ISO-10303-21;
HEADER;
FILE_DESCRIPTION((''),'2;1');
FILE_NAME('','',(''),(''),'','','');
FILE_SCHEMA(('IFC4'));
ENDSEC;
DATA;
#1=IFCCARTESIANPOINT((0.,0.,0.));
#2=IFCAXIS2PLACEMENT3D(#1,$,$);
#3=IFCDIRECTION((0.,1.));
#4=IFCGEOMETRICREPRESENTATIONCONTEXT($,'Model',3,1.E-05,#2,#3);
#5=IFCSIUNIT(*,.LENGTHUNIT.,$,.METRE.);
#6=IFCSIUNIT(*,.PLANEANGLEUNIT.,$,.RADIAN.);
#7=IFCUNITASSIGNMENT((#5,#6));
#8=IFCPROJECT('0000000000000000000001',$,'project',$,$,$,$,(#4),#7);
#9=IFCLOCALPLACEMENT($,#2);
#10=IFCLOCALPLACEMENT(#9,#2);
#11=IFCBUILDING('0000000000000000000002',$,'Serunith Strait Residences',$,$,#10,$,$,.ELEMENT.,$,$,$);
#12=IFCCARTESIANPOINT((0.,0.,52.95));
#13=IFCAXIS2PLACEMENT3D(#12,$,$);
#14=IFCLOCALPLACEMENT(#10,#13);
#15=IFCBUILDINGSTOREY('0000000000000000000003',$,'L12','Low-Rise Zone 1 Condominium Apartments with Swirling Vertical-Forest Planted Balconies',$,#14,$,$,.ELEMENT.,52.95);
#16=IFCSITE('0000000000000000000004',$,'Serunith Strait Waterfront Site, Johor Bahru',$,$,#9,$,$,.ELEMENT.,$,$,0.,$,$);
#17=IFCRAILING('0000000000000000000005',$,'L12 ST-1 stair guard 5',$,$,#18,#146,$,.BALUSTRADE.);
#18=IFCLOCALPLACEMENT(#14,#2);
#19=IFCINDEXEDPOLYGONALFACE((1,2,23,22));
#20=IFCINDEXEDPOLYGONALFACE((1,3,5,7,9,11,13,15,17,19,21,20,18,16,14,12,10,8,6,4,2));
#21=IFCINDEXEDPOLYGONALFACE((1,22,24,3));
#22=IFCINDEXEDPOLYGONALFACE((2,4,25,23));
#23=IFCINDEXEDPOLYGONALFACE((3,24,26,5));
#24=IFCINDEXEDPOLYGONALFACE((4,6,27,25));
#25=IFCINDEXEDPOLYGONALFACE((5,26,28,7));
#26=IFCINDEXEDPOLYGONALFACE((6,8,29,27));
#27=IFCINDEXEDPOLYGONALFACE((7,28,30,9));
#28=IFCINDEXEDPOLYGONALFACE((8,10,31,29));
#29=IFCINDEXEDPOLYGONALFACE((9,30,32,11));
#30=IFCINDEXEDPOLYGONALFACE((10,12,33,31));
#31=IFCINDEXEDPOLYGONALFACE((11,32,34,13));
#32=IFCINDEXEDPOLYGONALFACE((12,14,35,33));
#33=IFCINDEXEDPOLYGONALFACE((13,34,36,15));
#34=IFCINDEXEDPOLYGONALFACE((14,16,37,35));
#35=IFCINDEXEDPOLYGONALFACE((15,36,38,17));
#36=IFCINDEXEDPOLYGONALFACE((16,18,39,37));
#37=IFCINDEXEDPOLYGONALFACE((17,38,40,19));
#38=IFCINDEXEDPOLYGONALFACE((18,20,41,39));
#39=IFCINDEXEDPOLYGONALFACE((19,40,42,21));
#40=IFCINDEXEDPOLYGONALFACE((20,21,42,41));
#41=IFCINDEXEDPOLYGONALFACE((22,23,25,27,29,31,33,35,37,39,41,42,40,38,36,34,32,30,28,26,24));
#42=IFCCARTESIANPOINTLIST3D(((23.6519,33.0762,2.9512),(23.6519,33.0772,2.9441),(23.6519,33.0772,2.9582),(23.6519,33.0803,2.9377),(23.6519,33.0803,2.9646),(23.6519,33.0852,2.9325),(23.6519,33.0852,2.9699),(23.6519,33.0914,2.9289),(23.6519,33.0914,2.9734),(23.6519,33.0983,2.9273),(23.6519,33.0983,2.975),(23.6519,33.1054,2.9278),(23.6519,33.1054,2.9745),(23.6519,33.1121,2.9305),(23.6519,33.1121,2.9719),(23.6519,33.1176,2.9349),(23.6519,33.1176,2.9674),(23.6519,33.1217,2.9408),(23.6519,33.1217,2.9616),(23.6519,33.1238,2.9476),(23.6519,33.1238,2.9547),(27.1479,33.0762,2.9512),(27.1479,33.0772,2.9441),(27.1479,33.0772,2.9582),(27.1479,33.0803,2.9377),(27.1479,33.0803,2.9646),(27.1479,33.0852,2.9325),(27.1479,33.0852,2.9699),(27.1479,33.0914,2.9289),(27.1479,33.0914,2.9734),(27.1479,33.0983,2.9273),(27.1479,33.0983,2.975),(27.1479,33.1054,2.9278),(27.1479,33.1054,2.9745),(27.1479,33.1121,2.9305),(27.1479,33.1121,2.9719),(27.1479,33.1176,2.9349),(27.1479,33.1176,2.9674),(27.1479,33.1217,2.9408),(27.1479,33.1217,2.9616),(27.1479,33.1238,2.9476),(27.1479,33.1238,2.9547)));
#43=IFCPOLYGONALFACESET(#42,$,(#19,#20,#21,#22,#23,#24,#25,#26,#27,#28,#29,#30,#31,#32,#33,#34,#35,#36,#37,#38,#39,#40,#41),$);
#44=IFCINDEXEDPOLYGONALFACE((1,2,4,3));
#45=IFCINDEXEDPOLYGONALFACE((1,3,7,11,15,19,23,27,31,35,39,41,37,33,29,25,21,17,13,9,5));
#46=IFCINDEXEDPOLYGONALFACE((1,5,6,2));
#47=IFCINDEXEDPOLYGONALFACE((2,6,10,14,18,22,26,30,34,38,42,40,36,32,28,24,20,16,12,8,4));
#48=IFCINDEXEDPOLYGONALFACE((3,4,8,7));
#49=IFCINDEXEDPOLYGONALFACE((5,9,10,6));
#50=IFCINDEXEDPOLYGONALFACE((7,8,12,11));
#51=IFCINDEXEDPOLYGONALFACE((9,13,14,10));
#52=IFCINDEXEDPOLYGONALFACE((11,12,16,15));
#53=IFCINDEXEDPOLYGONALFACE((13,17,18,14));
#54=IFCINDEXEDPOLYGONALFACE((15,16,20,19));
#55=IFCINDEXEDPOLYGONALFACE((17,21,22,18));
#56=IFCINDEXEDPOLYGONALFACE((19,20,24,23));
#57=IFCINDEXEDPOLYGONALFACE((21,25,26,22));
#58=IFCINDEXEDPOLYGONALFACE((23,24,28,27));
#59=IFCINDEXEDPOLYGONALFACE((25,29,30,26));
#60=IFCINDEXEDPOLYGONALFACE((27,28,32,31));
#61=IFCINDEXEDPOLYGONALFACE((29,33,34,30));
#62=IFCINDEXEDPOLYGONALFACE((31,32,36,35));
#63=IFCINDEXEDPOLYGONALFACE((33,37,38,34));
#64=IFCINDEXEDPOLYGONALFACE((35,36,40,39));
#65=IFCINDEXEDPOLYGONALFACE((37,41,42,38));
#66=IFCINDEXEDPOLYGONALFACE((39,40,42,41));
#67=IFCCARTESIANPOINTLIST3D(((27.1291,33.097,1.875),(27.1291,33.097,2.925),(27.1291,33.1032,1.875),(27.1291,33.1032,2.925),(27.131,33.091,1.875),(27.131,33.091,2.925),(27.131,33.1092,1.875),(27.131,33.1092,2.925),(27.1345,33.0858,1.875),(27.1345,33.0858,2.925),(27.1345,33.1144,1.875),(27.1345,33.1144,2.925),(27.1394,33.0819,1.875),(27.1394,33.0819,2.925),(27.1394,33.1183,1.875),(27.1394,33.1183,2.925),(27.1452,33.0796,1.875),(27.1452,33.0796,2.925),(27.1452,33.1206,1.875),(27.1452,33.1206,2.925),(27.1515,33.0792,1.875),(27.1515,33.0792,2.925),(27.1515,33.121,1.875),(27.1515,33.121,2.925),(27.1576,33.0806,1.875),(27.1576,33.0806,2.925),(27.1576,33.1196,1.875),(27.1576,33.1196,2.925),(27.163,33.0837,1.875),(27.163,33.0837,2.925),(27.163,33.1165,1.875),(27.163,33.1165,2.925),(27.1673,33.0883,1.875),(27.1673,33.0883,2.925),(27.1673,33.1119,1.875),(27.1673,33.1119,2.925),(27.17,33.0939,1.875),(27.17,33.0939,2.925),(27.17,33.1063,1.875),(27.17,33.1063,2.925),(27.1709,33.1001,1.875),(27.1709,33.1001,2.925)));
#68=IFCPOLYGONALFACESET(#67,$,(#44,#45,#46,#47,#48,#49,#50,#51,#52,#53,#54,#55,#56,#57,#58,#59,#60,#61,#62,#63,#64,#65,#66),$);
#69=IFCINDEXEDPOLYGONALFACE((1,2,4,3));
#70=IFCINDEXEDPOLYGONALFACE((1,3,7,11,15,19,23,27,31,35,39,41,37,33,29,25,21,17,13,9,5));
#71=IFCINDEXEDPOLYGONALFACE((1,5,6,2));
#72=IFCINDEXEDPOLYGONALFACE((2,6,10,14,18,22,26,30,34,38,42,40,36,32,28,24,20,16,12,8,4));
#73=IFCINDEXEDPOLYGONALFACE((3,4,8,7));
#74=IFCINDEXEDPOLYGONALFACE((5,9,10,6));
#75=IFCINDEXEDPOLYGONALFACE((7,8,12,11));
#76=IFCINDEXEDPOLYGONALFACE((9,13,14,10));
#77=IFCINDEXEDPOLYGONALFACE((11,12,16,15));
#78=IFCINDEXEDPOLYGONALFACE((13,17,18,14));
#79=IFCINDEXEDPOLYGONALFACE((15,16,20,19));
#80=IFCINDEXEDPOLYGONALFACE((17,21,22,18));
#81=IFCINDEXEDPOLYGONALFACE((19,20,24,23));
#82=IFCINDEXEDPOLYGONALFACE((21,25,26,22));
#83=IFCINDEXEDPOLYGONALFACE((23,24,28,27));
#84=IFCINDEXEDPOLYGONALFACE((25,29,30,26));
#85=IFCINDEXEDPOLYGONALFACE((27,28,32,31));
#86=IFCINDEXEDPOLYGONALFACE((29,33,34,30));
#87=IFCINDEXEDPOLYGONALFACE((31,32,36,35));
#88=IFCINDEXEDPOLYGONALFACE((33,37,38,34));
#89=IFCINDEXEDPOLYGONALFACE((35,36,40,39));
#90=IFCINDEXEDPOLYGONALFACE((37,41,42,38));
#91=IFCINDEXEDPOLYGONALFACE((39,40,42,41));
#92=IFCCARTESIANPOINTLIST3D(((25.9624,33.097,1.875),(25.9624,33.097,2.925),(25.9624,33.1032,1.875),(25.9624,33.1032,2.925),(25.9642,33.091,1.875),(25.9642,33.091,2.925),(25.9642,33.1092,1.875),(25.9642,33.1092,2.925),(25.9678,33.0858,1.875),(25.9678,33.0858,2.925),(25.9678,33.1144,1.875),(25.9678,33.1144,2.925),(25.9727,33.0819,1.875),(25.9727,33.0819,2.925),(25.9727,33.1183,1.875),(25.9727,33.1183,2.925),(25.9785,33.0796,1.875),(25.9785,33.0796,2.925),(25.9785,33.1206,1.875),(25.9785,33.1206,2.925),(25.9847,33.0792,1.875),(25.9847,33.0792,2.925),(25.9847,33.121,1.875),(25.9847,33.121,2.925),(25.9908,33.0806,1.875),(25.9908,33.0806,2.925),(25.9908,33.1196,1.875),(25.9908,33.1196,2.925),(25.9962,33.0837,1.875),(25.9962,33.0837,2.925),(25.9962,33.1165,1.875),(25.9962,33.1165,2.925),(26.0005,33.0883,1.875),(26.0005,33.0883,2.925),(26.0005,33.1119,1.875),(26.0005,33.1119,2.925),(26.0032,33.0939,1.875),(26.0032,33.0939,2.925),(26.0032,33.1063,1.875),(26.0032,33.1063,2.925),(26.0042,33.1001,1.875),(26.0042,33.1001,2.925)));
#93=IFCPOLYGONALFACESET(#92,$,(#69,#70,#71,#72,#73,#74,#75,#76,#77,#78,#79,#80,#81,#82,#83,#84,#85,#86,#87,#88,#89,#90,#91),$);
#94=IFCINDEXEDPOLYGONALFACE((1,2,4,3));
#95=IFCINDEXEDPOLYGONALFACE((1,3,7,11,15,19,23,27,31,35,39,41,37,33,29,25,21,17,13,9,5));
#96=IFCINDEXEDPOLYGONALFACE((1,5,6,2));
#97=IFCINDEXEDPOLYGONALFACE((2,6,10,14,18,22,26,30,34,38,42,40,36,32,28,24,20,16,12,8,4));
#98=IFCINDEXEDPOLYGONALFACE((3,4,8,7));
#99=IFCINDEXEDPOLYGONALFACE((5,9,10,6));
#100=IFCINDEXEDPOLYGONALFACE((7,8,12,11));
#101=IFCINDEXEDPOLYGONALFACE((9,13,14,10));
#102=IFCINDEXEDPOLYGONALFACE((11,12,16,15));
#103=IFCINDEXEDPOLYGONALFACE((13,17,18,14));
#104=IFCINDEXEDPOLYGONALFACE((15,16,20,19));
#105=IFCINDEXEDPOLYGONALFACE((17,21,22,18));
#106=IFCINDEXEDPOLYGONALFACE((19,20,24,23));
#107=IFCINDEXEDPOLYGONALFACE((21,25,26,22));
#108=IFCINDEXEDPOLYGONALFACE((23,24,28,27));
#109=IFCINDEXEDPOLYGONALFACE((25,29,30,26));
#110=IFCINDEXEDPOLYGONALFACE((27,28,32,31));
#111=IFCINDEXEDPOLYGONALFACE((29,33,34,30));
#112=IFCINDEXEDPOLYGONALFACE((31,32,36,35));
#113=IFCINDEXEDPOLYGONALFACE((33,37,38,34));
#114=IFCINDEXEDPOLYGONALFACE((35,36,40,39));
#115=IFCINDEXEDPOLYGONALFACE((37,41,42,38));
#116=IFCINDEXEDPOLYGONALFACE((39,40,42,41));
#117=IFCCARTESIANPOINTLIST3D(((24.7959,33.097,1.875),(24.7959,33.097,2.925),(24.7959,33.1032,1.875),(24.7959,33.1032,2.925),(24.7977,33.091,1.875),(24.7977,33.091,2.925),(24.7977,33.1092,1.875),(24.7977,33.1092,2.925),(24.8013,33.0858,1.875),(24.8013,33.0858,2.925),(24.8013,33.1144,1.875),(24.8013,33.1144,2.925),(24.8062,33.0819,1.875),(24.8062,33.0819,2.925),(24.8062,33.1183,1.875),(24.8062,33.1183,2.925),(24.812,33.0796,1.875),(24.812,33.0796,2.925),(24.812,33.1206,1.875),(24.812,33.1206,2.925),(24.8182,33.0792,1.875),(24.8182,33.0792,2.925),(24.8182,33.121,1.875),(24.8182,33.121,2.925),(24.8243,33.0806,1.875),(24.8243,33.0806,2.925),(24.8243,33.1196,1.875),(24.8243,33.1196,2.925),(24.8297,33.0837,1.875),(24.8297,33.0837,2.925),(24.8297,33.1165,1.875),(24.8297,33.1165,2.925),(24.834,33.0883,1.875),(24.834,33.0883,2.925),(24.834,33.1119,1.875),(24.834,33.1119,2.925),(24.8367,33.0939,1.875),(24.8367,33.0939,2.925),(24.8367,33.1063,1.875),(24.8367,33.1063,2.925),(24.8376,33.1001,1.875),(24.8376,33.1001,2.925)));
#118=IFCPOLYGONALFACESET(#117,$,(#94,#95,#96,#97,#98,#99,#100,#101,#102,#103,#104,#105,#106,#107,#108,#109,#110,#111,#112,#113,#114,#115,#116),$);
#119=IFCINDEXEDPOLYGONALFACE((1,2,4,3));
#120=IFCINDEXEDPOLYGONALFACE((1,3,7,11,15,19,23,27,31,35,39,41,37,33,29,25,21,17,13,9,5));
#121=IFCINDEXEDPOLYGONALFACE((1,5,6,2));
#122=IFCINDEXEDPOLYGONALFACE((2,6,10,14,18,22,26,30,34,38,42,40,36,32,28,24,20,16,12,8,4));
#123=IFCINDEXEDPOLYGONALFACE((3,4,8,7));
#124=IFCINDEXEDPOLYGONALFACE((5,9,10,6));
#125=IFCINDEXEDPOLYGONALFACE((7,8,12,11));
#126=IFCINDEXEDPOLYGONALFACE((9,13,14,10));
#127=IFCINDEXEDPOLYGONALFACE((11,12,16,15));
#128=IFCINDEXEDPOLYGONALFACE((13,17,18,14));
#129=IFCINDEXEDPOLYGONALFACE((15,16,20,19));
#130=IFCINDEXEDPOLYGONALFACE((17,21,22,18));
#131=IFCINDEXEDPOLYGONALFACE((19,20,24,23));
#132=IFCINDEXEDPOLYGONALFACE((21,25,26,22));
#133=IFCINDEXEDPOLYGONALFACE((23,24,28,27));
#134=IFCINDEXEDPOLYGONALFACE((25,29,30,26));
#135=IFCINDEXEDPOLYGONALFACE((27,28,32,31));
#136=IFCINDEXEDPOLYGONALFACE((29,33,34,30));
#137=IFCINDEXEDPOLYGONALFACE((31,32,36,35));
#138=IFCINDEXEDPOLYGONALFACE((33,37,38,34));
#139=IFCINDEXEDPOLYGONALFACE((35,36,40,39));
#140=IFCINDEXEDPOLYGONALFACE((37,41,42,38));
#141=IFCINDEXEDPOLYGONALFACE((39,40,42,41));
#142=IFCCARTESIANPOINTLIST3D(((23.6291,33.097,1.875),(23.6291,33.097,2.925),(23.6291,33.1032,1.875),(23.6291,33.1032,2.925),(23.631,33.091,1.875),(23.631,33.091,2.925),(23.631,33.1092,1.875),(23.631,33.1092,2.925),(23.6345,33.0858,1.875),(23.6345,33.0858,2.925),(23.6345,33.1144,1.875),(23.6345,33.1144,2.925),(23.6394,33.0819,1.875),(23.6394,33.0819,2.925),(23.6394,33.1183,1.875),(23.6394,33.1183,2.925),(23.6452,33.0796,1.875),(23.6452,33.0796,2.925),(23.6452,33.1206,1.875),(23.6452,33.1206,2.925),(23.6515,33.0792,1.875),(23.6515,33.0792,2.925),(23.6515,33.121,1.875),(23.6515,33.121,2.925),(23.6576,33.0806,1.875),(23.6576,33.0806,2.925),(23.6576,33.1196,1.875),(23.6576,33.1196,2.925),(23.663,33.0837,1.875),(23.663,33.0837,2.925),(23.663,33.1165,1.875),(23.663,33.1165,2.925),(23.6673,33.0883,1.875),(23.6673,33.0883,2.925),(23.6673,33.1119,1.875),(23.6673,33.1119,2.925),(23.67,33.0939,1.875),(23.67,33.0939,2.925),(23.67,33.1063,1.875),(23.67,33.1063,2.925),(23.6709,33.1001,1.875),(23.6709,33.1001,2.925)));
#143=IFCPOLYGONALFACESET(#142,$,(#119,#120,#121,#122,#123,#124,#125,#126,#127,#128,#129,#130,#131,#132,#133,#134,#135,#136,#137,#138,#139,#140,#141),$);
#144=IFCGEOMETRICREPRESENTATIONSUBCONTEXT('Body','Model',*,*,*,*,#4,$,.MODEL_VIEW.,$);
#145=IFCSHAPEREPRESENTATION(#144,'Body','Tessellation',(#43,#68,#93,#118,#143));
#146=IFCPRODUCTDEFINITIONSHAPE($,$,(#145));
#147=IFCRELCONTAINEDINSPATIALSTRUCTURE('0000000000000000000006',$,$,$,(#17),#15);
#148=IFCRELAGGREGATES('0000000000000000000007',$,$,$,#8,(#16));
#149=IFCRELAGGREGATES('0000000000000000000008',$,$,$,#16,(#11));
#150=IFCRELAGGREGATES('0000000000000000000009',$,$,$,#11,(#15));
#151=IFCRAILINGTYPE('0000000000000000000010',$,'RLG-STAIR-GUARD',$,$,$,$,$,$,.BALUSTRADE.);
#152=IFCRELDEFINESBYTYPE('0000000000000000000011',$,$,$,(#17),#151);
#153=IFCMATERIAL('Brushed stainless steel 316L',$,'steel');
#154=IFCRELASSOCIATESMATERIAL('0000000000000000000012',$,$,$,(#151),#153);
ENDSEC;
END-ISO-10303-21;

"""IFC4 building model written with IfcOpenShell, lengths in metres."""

from ifc_helpers import new_model, si_unit, direction, frame, origin, origin_2d, place, context, subcontext, project, spatial, circle, extrude, material, type_object, element, save


model = new_model("IFC4")

# Units and contexts
model_context = context("Model", 3, precision=1e-05, world=origin(), true_north=direction((0.0, 1.0)))
body_context = subcontext(model_context, "Body", "Model", "MODEL_VIEW")
ifc_project = project(units=[si_unit("LENGTHUNIT", "METRE"), si_unit("PLANEANGLEUNIT", "RADIAN")], contexts=[model_context])

# Site, building, storey
site_placement = place(None, origin())
site = spatial("IfcSite", under=ifc_project, at=site_placement, Name="Serunith Strait Waterfront Site, Johor Bahru", CompositionType="ELEMENT", RefElevation=0.0)
building_placement = place(site_placement, origin())
building = spatial("IfcBuilding", under=site, at=building_placement, Name="Serunith Strait Residences", CompositionType="ELEMENT")
storey_placement = place(building_placement, frame((0.0, 0.0, 52.95)))
storey = spatial("IfcBuildingStorey", under=building, at=storey_placement, Name="L12", Description="Low-Rise Zone 1 Condominium Apartments with Swirling Vertical-Forest Planted Balconies", CompositionType="ELEMENT", Elevation=52.95)

# Railing
ifc_material_1 = material(Name="Brushed stainless steel 316L", Category="steel")
railing_type_1 = type_object("IfcRailingType", Name="RLG-STAIR-GUARD", PredefinedType="BALUSTRADE", material=ifc_material_1)
railing_1_placement = place(storey_placement, frame((27.1499, 33.1001, 1.875)))
element("IfcRailing", 1, at=railing_1_placement, inside=storey, type_object=railing_type_1, Name="L12 ST-1 stair guard 5", PredefinedType="BALUSTRADE", context=body_context, shape_type="SweptSolid", body=[
    extrude(circle(Radius=0.0239, at=origin_2d()), frame((-0.002, 0.0, 1.0762), z_axis=(-1.0, 0.0, 0.0), x_axis=(0.0, -1.0, 0.0)), (0.0, 0.0, 1.0), 3.4961),
    extrude(circle(Radius=0.021, at=origin_2d()), origin(), (0.0, 0.0, 1.0), 1.05),
    extrude(circle(Radius=0.021, at=origin_2d()), frame((-1.1667, 0.0, 0.0)), (0.0, 0.0, 1.0), 1.05),
    extrude(circle(Radius=0.021, at=origin_2d()), frame((-2.3333, 0.0, 0.0)), (0.0, 0.0, 1.0), 1.05),
    extrude(circle(Radius=0.021, at=origin_2d()), frame((-3.5, 0.0, 0.0)), (0.0, 0.0, 1.0), 1.05),
])

save(model, "model.ifc")
